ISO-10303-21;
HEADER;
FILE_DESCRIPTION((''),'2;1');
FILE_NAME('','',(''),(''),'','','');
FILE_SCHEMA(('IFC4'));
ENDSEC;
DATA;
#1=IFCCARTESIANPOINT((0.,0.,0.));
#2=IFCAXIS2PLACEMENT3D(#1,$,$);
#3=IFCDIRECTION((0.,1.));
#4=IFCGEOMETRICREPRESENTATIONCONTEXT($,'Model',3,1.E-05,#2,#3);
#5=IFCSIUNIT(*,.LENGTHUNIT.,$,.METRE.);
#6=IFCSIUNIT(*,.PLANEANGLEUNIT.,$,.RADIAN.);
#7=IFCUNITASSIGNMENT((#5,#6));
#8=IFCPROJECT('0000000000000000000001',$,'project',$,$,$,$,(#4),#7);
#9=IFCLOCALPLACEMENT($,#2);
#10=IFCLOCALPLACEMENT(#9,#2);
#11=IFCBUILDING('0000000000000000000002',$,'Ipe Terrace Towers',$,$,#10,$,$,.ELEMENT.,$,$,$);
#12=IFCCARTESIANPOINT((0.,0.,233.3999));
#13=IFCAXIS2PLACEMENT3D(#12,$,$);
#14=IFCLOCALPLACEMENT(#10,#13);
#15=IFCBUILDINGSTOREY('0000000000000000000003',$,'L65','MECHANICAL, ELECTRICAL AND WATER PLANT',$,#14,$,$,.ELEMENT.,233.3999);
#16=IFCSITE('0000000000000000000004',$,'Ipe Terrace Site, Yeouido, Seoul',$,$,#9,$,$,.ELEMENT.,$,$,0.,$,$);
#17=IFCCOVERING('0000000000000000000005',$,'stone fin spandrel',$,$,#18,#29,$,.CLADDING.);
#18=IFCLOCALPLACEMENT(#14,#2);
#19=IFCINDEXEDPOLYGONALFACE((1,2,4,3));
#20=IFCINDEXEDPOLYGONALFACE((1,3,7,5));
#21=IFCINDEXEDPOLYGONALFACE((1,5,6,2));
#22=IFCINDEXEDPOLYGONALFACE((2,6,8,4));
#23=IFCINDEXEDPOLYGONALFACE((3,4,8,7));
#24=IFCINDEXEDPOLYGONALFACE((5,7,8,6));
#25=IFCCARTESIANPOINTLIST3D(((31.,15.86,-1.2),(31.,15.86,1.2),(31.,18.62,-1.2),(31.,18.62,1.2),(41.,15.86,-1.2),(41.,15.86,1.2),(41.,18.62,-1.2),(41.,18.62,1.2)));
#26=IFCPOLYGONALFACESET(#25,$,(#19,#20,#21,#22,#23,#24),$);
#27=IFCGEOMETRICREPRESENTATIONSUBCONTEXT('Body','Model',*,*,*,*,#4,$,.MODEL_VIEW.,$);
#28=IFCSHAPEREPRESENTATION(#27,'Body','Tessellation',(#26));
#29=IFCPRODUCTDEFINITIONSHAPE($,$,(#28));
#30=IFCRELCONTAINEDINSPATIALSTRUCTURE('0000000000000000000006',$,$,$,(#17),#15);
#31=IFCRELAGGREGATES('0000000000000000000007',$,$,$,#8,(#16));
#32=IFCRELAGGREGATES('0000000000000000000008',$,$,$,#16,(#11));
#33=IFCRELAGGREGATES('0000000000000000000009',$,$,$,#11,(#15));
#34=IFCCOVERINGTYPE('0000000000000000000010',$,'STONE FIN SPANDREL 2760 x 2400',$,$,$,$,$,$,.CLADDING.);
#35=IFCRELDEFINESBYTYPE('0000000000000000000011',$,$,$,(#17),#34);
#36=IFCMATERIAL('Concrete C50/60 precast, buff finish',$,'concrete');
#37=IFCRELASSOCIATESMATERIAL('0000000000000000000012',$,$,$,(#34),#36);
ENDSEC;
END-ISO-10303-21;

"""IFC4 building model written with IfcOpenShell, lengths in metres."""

from ifc_helpers import new_model, si_unit, direction, frame, origin, origin_2d, place, context, subcontext, project, spatial, rectangle, extrude, material, material_profile, profile_set, type_object, element, save


model = new_model("IFC4")

# Units and contexts
model_context = context("Model", 3, precision=1e-05, world=origin(), true_north=direction((0.0, 1.0)))
body_context = subcontext(model_context, "Body", "Model", "MODEL_VIEW")
ifc_project = project(units=[si_unit("LENGTHUNIT", "METRE"), si_unit("PLANEANGLEUNIT", "RADIAN")], contexts=[model_context])

# Site, building, storey
site_placement = place(None, origin())
site = spatial("IfcSite", under=ifc_project, at=site_placement, Name="Ipe Terrace Site, Yeouido, Seoul", CompositionType="ELEMENT", RefElevation=0.0)
building_placement = place(site_placement, origin())
building = spatial("IfcBuilding", under=site, at=building_placement, Name="Ipe Terrace Towers", CompositionType="ELEMENT")
storey_placement = place(building_placement, frame((0.0, 0.0, 233.3999)))
storey = spatial("IfcBuildingStorey", under=building, at=storey_placement, Name="L65", Description="MECHANICAL, ELECTRICAL AND WATER PLANT", CompositionType="ELEMENT", Elevation=233.3999)

# Covering
ifc_material_1 = material(Name="Concrete C50/60 precast, buff finish", Category="concrete")
ifc_material_profile_1 = material_profile(ifc_material_1, rectangle(XDim=2.76, YDim=2.3999, at=origin_2d()), Name="STONE FIN SPANDREL 2760 x 2400")
ifc_profile_set_1 = profile_set([ifc_material_profile_1], Name="Concrete C50/60 precast, buff finish")
covering_type_1 = type_object("IfcCoveringType", Name="STONE FIN SPANDREL 2760 x 2400", PredefinedType="CLADDING", material=ifc_profile_set_1)
covering_1_placement = place(storey_placement, frame((41.0, 17.24, 0.0), z_axis=(-1.0, 0.0, 0.0), x_axis=(0.0, 1.0, 0.0)))
element("IfcCovering", 1, at=covering_1_placement, inside=storey, type_object=covering_type_1, Name="stone fin spandrel", PredefinedType="CLADDING", context=body_context, shape_type="SweptSolid", body=[
    extrude(rectangle(XDim=2.76, YDim=2.3999, at=origin_2d()), origin(), (0.0, 0.0, 1.0), 10.0),
])

save(model, "model.ifc")
